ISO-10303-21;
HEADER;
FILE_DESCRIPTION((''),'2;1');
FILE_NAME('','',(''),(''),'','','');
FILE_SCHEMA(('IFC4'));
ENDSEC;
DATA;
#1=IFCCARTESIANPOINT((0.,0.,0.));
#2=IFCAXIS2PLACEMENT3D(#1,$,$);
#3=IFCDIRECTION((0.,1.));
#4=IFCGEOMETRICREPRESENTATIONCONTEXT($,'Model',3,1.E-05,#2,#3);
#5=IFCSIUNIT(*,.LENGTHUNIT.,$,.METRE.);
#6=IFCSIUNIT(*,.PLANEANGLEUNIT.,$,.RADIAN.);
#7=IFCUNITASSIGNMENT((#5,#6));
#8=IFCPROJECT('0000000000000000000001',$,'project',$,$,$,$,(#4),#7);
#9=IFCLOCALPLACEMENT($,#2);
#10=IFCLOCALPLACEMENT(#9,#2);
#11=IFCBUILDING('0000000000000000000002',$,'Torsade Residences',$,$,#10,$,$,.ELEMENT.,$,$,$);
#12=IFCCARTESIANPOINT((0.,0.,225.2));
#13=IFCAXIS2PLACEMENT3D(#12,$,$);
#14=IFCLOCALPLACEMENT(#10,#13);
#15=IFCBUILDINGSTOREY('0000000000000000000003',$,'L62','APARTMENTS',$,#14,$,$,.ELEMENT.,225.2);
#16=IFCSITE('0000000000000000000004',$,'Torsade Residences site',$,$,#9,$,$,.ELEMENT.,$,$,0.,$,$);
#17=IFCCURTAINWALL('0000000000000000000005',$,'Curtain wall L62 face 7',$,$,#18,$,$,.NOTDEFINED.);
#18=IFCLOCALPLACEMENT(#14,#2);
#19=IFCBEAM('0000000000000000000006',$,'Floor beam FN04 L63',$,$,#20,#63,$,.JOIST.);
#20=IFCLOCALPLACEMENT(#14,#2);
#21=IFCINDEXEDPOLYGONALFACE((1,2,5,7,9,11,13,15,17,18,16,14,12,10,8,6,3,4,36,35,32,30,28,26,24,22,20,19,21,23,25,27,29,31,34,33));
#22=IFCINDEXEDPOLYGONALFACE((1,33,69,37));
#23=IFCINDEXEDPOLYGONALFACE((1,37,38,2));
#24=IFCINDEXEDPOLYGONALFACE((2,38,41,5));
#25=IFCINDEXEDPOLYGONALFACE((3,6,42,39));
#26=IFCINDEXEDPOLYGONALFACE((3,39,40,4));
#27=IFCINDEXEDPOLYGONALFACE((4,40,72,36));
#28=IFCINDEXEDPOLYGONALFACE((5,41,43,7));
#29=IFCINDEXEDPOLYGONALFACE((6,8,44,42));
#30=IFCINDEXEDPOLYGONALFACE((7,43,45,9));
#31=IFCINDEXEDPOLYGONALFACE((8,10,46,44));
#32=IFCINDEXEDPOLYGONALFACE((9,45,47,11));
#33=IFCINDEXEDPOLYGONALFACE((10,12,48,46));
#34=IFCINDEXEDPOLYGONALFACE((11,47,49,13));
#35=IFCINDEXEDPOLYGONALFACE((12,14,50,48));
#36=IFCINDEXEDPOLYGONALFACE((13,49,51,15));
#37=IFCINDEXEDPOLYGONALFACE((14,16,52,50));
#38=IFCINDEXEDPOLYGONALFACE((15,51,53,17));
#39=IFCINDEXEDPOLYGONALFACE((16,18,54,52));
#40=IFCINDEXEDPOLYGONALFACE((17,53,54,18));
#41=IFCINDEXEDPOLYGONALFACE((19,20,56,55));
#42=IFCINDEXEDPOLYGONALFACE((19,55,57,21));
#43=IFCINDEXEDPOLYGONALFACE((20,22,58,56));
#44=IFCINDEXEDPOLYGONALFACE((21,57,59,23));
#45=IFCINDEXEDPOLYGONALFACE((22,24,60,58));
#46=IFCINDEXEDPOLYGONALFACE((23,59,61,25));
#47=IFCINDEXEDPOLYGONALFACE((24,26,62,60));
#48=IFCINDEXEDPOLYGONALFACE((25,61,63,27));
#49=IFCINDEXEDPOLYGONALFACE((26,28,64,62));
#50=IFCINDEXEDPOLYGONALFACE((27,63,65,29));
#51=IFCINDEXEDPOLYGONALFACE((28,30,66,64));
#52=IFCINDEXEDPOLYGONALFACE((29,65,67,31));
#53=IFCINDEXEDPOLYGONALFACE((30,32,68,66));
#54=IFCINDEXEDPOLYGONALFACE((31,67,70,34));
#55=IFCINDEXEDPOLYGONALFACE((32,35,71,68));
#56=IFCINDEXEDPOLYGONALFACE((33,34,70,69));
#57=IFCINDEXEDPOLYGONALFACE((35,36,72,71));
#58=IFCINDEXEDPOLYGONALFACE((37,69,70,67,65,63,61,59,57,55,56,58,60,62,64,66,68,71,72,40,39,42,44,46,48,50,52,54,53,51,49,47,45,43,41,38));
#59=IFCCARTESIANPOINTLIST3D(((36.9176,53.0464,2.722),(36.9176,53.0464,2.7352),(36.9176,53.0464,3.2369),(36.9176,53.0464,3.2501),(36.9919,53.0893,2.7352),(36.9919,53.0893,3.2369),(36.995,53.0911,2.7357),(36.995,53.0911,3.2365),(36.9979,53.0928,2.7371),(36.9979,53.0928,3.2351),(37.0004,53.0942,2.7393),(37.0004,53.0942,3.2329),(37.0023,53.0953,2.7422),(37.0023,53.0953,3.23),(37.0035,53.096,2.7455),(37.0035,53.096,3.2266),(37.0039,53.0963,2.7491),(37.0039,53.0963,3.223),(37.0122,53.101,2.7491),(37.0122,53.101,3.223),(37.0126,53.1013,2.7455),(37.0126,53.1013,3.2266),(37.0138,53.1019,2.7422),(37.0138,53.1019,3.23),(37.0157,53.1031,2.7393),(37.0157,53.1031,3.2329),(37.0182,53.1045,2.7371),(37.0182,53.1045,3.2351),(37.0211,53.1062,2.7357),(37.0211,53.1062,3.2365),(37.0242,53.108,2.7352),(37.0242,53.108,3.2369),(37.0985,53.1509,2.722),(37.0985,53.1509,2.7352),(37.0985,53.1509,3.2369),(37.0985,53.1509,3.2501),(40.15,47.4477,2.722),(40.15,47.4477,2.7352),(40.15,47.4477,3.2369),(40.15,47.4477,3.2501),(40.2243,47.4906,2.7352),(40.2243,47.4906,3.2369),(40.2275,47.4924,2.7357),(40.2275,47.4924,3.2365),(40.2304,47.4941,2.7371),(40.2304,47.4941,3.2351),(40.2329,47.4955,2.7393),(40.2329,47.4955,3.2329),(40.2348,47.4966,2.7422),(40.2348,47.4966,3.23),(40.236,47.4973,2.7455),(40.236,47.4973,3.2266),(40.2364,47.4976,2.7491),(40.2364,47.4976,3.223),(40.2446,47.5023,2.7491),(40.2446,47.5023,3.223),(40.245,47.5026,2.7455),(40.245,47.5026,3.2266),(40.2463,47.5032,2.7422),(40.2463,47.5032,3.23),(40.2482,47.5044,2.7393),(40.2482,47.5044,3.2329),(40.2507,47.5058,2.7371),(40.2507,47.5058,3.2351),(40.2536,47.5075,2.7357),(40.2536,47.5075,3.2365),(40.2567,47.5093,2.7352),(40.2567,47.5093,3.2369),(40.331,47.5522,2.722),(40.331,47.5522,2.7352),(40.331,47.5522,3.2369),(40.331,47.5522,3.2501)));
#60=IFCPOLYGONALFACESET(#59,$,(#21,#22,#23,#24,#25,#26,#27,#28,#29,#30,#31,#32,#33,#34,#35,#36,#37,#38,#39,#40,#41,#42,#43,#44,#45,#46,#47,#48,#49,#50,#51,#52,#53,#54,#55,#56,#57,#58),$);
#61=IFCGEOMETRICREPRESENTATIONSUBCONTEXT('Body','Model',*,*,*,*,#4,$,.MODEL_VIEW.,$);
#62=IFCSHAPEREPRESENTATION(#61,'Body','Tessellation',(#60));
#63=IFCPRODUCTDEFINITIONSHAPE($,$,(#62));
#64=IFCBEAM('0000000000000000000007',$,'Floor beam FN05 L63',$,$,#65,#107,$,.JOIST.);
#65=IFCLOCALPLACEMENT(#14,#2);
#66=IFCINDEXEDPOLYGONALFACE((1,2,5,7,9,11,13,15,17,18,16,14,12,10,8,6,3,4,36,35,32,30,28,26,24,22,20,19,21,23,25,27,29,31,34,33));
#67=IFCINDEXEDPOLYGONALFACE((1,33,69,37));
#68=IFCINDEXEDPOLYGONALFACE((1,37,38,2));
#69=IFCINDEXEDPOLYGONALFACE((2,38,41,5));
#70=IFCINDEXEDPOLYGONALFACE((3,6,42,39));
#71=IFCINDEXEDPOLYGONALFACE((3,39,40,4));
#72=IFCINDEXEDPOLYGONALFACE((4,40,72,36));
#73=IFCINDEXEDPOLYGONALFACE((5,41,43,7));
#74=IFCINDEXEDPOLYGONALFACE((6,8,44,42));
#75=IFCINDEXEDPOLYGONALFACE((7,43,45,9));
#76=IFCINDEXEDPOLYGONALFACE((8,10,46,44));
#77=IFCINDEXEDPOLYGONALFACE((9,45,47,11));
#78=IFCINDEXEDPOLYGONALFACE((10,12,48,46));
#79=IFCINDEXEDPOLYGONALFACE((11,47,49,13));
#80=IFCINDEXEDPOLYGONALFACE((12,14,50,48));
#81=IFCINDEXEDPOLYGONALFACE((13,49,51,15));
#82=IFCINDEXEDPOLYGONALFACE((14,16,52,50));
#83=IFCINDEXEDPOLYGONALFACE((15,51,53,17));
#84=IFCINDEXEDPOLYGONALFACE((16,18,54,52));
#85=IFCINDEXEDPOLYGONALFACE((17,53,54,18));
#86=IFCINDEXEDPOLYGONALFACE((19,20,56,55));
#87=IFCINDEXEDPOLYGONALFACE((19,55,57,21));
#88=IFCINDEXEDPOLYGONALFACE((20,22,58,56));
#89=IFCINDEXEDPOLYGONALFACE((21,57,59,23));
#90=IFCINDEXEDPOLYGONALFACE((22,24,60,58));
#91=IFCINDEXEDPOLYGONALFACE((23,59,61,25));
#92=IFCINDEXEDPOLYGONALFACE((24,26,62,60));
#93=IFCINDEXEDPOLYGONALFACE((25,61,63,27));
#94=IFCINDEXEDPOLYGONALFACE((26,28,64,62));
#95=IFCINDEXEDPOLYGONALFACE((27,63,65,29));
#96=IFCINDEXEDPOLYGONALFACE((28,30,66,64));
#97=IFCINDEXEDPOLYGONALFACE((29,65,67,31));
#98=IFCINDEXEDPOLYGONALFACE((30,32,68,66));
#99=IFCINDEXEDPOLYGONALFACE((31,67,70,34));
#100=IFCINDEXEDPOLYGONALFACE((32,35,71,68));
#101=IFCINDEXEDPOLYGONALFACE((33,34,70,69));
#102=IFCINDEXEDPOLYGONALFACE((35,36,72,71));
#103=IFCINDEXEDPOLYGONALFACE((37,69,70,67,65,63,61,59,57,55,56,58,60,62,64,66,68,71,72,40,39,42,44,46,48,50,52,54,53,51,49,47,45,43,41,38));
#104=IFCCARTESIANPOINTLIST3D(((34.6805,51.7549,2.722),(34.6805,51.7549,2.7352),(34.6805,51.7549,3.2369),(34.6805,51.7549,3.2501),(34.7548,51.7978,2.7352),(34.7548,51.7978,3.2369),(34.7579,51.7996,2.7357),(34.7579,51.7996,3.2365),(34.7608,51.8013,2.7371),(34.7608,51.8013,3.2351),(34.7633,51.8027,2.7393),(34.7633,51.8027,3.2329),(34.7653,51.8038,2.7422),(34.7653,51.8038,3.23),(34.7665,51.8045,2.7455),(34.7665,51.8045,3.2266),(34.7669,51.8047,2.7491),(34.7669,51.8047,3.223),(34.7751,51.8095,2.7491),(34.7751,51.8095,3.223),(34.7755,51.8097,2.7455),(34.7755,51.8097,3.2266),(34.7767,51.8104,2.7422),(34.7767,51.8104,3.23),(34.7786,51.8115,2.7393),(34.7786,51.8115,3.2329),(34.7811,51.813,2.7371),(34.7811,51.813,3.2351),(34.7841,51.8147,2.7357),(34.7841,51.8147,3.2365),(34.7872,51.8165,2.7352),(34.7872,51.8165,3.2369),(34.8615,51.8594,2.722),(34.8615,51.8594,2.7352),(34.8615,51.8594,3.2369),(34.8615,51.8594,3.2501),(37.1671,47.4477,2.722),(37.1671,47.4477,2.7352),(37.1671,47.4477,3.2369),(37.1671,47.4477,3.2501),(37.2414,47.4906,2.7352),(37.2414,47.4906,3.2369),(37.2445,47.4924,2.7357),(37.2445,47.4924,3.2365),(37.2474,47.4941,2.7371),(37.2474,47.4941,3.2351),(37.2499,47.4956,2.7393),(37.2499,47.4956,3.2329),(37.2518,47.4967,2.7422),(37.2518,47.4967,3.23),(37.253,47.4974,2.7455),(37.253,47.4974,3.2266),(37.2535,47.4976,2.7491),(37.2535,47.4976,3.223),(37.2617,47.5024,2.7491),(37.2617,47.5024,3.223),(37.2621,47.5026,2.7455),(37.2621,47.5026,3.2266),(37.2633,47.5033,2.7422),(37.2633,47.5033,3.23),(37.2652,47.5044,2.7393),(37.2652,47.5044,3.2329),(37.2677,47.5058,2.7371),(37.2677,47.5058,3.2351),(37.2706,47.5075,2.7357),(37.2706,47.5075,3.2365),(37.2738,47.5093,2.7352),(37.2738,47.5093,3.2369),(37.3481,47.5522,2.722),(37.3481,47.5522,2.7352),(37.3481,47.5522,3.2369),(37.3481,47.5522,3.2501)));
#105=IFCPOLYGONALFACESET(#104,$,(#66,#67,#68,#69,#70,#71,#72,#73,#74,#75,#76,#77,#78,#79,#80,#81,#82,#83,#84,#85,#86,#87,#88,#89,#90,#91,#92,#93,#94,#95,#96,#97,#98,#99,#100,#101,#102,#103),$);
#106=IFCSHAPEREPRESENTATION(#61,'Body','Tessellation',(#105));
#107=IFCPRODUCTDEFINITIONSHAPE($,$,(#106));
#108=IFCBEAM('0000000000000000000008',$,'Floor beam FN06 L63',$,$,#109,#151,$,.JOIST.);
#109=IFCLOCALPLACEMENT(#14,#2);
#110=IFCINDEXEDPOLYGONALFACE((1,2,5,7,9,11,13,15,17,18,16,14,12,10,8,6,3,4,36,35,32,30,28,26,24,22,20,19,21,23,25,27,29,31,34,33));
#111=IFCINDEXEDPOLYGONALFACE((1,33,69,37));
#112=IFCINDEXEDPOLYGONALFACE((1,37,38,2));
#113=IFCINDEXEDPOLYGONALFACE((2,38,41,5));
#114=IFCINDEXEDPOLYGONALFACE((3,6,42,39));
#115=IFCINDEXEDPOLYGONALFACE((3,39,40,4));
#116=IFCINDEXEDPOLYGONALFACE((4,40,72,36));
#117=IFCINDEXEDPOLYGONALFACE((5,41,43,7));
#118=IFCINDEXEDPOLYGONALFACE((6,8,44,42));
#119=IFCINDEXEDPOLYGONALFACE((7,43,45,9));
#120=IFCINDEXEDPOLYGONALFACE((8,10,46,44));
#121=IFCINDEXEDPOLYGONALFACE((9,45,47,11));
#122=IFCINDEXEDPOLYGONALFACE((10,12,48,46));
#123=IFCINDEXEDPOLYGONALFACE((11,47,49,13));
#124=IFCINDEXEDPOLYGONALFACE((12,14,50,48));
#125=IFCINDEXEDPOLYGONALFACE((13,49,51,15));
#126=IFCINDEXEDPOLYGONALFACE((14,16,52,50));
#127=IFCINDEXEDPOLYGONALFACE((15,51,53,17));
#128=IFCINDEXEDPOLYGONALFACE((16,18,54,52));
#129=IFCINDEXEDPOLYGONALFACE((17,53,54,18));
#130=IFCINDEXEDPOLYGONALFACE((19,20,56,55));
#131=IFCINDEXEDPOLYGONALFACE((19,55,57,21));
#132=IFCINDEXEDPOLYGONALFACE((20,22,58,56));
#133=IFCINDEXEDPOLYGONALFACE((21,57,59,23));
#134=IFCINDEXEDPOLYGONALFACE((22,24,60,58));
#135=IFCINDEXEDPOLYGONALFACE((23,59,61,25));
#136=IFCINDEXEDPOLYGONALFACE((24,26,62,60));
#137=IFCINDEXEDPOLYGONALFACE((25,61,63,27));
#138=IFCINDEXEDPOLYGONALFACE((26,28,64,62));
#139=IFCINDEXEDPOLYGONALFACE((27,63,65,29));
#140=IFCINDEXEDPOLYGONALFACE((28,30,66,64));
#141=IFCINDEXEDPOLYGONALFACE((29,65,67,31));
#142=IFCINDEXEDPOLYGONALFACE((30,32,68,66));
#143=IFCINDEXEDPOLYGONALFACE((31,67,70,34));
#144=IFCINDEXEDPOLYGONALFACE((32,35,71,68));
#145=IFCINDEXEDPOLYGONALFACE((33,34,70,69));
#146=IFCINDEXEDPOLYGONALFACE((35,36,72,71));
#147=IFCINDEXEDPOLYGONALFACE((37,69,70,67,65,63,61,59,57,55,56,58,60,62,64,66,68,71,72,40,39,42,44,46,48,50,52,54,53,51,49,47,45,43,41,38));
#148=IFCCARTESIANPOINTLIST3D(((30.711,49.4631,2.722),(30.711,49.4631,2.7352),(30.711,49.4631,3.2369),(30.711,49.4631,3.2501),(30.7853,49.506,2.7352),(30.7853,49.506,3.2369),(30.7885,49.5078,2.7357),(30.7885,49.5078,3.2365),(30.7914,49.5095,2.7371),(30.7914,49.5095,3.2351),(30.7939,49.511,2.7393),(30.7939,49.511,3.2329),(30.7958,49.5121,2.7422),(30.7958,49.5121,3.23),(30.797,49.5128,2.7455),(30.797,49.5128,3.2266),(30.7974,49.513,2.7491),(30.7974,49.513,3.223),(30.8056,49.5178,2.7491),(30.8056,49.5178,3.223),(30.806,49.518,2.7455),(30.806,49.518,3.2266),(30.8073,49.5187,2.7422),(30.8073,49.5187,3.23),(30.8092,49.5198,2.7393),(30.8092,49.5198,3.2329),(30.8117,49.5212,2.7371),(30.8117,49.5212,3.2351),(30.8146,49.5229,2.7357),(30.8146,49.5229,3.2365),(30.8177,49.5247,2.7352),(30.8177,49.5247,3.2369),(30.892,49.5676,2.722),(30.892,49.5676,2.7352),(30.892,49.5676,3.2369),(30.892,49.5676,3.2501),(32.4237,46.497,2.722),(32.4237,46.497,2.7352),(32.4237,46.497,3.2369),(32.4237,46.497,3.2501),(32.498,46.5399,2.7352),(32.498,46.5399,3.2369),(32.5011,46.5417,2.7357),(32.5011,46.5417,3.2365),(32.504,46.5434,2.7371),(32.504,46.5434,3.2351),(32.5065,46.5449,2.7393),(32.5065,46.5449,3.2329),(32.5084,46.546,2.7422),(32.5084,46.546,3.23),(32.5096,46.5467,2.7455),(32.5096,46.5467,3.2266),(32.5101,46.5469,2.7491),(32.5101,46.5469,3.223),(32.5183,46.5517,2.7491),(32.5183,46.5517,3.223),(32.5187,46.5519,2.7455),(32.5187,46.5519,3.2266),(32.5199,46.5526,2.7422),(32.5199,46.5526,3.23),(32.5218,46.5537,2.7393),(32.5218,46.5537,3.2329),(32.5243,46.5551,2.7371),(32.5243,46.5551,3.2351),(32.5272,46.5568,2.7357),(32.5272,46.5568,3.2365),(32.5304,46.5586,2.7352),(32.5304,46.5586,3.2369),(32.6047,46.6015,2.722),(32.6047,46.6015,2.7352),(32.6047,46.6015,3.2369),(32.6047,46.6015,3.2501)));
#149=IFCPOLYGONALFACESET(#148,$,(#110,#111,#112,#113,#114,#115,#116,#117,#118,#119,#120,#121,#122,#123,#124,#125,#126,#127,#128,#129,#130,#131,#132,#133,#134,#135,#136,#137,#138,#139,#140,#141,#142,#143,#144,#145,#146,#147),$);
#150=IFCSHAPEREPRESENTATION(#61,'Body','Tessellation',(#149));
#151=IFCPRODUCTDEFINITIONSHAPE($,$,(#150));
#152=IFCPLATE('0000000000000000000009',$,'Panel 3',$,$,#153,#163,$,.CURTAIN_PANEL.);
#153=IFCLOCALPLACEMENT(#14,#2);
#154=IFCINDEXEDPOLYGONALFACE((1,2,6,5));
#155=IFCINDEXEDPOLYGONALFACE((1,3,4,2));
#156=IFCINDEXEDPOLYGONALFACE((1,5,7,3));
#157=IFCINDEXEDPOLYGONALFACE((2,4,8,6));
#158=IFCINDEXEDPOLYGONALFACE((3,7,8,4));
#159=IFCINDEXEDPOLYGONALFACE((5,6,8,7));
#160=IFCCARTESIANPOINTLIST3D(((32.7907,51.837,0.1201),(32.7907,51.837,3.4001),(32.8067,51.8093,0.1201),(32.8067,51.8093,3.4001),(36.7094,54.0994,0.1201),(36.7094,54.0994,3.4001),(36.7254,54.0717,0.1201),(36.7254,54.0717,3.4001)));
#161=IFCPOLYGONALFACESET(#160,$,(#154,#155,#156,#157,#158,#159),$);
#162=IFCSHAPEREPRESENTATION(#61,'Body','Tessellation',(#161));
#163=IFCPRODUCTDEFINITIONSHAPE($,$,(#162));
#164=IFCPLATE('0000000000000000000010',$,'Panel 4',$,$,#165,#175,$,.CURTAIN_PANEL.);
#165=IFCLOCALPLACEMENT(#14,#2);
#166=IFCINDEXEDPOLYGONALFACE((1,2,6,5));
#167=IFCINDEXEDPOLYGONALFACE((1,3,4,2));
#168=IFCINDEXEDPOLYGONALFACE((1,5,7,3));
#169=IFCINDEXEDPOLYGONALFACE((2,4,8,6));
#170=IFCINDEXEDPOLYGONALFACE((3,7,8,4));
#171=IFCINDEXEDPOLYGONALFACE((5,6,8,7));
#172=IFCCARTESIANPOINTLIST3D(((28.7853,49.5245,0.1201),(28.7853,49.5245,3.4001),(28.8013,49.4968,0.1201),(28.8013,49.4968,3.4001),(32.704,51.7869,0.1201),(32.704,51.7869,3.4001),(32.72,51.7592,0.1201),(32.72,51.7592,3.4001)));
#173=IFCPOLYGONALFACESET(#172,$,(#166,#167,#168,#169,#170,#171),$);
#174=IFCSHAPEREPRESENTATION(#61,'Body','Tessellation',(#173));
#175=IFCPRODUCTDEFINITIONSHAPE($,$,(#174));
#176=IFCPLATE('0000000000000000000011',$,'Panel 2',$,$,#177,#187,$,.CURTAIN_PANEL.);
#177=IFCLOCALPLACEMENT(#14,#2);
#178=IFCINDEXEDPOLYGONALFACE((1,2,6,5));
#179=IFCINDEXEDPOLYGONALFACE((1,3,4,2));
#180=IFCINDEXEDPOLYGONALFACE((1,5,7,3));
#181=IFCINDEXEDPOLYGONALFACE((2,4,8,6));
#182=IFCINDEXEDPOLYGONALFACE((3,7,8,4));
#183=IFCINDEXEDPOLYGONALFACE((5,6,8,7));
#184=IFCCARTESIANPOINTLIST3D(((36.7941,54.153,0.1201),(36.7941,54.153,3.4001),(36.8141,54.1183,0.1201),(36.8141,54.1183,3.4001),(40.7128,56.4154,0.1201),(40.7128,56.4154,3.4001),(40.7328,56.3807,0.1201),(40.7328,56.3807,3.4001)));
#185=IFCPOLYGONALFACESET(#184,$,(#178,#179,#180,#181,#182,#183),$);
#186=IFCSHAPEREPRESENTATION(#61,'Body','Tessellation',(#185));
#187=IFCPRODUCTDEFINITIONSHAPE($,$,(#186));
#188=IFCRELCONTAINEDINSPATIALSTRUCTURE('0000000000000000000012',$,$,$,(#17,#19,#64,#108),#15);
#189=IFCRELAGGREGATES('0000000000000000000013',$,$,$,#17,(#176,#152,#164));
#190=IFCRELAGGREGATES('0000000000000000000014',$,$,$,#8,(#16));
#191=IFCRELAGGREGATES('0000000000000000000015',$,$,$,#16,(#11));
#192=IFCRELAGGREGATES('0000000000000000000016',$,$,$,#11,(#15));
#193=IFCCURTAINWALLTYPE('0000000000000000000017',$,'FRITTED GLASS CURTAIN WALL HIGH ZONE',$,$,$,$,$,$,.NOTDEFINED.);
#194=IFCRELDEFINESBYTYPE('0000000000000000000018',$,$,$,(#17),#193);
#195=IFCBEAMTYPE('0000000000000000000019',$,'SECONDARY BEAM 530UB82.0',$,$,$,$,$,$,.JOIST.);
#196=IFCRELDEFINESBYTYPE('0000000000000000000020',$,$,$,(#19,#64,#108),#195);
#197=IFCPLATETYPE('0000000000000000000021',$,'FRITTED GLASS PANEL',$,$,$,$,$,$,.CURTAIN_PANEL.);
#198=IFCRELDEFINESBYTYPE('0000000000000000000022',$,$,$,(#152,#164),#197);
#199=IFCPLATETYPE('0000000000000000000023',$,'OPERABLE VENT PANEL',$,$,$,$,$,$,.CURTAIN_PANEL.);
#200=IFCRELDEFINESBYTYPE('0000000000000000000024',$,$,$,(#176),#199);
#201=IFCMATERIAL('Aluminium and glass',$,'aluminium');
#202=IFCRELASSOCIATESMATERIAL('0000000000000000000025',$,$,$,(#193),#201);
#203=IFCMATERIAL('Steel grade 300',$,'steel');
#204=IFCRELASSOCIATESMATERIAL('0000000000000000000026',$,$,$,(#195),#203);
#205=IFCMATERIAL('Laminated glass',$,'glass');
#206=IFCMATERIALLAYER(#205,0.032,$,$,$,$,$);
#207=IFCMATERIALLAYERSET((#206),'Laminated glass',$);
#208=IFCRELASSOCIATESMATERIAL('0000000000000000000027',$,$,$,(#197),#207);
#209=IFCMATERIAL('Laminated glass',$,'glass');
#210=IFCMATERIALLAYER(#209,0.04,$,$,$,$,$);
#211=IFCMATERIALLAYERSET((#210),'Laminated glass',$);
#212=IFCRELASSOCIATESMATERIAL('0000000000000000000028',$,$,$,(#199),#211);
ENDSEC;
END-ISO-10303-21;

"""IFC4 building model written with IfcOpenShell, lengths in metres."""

from ifc_helpers import new_model, si_unit, direction, frame, origin, origin_2d, place, context, subcontext, project, spatial, rectangle, i_section, extrude, material, layer, layer_set, material_profile, profile_set, type_object, element, aggregate, save


model = new_model("IFC4")

# Units and contexts
model_context = context("Model", 3, precision=1e-05, world=origin(), true_north=direction((0.0, 1.0)))
body_context = subcontext(model_context, "Body", "Model", "MODEL_VIEW")
ifc_project = project(units=[si_unit("LENGTHUNIT", "METRE"), si_unit("PLANEANGLEUNIT", "RADIAN")], contexts=[model_context])

# Site, building, storey
site_placement = place(None, origin())
site = spatial("IfcSite", under=ifc_project, at=site_placement, Name="Torsade Residences site", CompositionType="ELEMENT", RefElevation=0.0)
building_placement = place(site_placement, origin())
building = spatial("IfcBuilding", under=site, at=building_placement, Name="Torsade Residences", CompositionType="ELEMENT")
storey_placement = place(building_placement, frame((0.0, 0.0, 225.2)))
storey = spatial("IfcBuildingStorey", under=building, at=storey_placement, Name="L62", Description="APARTMENTS", CompositionType="ELEMENT", Elevation=225.2)

# Curtain wall
ifc_material_1 = material(Name="Aluminium and glass", Category="aluminium")
curtain_wall_type = type_object("IfcCurtainWallType", Name="FRITTED GLASS CURTAIN WALL HIGH ZONE", PredefinedType="NOTDEFINED", material=ifc_material_1)
curtain_wall_placement = place(storey_placement, origin())
curtain_wall = element("IfcCurtainWall", 1, at=curtain_wall_placement, inside=storey, type_object=curtain_wall_type, Name="Curtain wall L62 face 7", PredefinedType="NOTDEFINED")

# Beams
ifc_material_2 = material(Name="Steel grade 300", Category="steel")
ifc_material_profile_1 = material_profile(ifc_material_2, i_section(OverallWidth=0.209, OverallDepth=0.5281, WebThickness=0.0095, FlangeThickness=0.0132, FilletRadius=0.0139, at=origin_2d()), Name="530UB82.0")
ifc_profile_set_1 = profile_set([ifc_material_profile_1], Name="Steel grade 300")
beam_type_1 = type_object("IfcBeamType", Name="SECONDARY BEAM 530UB82.0", PredefinedType="JOIST", material=ifc_profile_set_1)
beam_1_placement = place(storey_placement, frame((37.0081, 53.0986, 2.9861), z_axis=(0.500006, -0.866022, 0.0), x_axis=(0.866022, 0.500006, 0.0)))
element("IfcBeam", 2, at=beam_1_placement, inside=storey, type_object=beam_type_1, Name="Floor beam FN04 L63", PredefinedType="JOIST", context=body_context, shape_type="SweptSolid", body=[
    extrude(i_section(OverallWidth=0.209, OverallDepth=0.5281, WebThickness=0.0095, FlangeThickness=0.0132, FilletRadius=0.0139, at=origin_2d()), origin(), (0.0, 0.0, 1.0), 6.4648),
])
beam_2_placement = place(storey_placement, frame((34.771, 51.8071, 2.9861), z_axis=(0.499977, -0.866038, 0.0), x_axis=(0.866038, 0.499977, 0.0)))
element("IfcBeam", 3, at=beam_2_placement, inside=storey, type_object=beam_type_1, Name="Floor beam FN05 L63", PredefinedType="JOIST", context=body_context, shape_type="SweptSolid", body=[
    extrude(i_section(OverallWidth=0.209, OverallDepth=0.5281, WebThickness=0.0095, FlangeThickness=0.0132, FilletRadius=0.0139, at=origin_2d()), origin(), (0.0, 0.0, 1.0), 4.9734),
])
beam_3_placement = place(storey_placement, frame((30.8015, 49.5154, 2.9861), z_axis=(0.500041, -0.866002, 0.0), x_axis=(0.866002, 0.500041, 0.0)))
element("IfcBeam", 4, at=beam_3_placement, inside=storey, type_object=beam_type_1, Name="Floor beam FN06 L63", PredefinedType="JOIST", context=body_context, shape_type="SweptSolid", body=[
    extrude(i_section(OverallWidth=0.209, OverallDepth=0.5281, WebThickness=0.0095, FlangeThickness=0.0132, FilletRadius=0.0139, at=origin_2d()), origin(), (0.0, 0.0, 1.0), 3.425),
])

# Plates
ifc_material_3 = material(Name="Laminated glass", Category="glass")
ifc_layer_1 = layer(ifc_material_3, 0.032)
ifc_layer_set_1 = layer_set([ifc_layer_1], Name="Laminated glass")
plate_type_1 = type_object("IfcPlateType", Name="FRITTED GLASS PANEL", PredefinedType="CURTAIN_PANEL", material=ifc_layer_set_1)
plate_1_placement = place(storey_placement, frame((34.7581, 52.9543, 0.1201), z_axis=(0.0, 0.0, 1.0), x_axis=(-0.866025, -0.5, 0.0)))
plate_1 = element("IfcPlate", 5, at=plate_1_placement, type_object=plate_type_1, Name="Panel 3", PredefinedType="CURTAIN_PANEL", context=body_context, shape_type="SweptSolid", body=[
    extrude(rectangle(XDim=4.5249, YDim=0.032, at=origin_2d()), origin(), (0.0, 0.0, 1.0), 3.28),
])
plate_2_placement = place(storey_placement, frame((30.7527, 50.6418, 0.1201), z_axis=(0.0, 0.0, 1.0), x_axis=(-0.866025, -0.5, 0.0)))
plate_2 = element("IfcPlate", 6, at=plate_2_placement, type_object=plate_type_1, Name="Panel 4", PredefinedType="CURTAIN_PANEL", context=body_context, shape_type="SweptSolid", body=[
    extrude(rectangle(XDim=4.5249, YDim=0.032, at=origin_2d()), origin(), (0.0, 0.0, 1.0), 3.28),
])
ifc_material_4 = material(Name="Laminated glass", Category="glass")
ifc_layer_2 = layer(ifc_material_4, 0.04)
ifc_layer_set_2 = layer_set([ifc_layer_2], Name="Laminated glass")
plate_type_2 = type_object("IfcPlateType", Name="OPERABLE VENT PANEL", PredefinedType="CURTAIN_PANEL", material=ifc_layer_set_2)
plate_3_placement = place(storey_placement, frame((38.7634, 55.2668, 0.1201), z_axis=(0.0, 0.0, 1.0), x_axis=(-0.866025, -0.5, 0.0)))
plate_3 = element("IfcPlate", 7, at=plate_3_placement, type_object=plate_type_2, Name="Panel 2", PredefinedType="CURTAIN_PANEL", context=body_context, shape_type="SweptSolid", body=[
    extrude(rectangle(XDim=4.5249, YDim=0.04, at=origin_2d()), origin(), (0.0, 0.0, 1.0), 3.28),
])
aggregate(curtain_wall, [plate_3, plate_1, plate_2])

save(model, "model.ifc")
